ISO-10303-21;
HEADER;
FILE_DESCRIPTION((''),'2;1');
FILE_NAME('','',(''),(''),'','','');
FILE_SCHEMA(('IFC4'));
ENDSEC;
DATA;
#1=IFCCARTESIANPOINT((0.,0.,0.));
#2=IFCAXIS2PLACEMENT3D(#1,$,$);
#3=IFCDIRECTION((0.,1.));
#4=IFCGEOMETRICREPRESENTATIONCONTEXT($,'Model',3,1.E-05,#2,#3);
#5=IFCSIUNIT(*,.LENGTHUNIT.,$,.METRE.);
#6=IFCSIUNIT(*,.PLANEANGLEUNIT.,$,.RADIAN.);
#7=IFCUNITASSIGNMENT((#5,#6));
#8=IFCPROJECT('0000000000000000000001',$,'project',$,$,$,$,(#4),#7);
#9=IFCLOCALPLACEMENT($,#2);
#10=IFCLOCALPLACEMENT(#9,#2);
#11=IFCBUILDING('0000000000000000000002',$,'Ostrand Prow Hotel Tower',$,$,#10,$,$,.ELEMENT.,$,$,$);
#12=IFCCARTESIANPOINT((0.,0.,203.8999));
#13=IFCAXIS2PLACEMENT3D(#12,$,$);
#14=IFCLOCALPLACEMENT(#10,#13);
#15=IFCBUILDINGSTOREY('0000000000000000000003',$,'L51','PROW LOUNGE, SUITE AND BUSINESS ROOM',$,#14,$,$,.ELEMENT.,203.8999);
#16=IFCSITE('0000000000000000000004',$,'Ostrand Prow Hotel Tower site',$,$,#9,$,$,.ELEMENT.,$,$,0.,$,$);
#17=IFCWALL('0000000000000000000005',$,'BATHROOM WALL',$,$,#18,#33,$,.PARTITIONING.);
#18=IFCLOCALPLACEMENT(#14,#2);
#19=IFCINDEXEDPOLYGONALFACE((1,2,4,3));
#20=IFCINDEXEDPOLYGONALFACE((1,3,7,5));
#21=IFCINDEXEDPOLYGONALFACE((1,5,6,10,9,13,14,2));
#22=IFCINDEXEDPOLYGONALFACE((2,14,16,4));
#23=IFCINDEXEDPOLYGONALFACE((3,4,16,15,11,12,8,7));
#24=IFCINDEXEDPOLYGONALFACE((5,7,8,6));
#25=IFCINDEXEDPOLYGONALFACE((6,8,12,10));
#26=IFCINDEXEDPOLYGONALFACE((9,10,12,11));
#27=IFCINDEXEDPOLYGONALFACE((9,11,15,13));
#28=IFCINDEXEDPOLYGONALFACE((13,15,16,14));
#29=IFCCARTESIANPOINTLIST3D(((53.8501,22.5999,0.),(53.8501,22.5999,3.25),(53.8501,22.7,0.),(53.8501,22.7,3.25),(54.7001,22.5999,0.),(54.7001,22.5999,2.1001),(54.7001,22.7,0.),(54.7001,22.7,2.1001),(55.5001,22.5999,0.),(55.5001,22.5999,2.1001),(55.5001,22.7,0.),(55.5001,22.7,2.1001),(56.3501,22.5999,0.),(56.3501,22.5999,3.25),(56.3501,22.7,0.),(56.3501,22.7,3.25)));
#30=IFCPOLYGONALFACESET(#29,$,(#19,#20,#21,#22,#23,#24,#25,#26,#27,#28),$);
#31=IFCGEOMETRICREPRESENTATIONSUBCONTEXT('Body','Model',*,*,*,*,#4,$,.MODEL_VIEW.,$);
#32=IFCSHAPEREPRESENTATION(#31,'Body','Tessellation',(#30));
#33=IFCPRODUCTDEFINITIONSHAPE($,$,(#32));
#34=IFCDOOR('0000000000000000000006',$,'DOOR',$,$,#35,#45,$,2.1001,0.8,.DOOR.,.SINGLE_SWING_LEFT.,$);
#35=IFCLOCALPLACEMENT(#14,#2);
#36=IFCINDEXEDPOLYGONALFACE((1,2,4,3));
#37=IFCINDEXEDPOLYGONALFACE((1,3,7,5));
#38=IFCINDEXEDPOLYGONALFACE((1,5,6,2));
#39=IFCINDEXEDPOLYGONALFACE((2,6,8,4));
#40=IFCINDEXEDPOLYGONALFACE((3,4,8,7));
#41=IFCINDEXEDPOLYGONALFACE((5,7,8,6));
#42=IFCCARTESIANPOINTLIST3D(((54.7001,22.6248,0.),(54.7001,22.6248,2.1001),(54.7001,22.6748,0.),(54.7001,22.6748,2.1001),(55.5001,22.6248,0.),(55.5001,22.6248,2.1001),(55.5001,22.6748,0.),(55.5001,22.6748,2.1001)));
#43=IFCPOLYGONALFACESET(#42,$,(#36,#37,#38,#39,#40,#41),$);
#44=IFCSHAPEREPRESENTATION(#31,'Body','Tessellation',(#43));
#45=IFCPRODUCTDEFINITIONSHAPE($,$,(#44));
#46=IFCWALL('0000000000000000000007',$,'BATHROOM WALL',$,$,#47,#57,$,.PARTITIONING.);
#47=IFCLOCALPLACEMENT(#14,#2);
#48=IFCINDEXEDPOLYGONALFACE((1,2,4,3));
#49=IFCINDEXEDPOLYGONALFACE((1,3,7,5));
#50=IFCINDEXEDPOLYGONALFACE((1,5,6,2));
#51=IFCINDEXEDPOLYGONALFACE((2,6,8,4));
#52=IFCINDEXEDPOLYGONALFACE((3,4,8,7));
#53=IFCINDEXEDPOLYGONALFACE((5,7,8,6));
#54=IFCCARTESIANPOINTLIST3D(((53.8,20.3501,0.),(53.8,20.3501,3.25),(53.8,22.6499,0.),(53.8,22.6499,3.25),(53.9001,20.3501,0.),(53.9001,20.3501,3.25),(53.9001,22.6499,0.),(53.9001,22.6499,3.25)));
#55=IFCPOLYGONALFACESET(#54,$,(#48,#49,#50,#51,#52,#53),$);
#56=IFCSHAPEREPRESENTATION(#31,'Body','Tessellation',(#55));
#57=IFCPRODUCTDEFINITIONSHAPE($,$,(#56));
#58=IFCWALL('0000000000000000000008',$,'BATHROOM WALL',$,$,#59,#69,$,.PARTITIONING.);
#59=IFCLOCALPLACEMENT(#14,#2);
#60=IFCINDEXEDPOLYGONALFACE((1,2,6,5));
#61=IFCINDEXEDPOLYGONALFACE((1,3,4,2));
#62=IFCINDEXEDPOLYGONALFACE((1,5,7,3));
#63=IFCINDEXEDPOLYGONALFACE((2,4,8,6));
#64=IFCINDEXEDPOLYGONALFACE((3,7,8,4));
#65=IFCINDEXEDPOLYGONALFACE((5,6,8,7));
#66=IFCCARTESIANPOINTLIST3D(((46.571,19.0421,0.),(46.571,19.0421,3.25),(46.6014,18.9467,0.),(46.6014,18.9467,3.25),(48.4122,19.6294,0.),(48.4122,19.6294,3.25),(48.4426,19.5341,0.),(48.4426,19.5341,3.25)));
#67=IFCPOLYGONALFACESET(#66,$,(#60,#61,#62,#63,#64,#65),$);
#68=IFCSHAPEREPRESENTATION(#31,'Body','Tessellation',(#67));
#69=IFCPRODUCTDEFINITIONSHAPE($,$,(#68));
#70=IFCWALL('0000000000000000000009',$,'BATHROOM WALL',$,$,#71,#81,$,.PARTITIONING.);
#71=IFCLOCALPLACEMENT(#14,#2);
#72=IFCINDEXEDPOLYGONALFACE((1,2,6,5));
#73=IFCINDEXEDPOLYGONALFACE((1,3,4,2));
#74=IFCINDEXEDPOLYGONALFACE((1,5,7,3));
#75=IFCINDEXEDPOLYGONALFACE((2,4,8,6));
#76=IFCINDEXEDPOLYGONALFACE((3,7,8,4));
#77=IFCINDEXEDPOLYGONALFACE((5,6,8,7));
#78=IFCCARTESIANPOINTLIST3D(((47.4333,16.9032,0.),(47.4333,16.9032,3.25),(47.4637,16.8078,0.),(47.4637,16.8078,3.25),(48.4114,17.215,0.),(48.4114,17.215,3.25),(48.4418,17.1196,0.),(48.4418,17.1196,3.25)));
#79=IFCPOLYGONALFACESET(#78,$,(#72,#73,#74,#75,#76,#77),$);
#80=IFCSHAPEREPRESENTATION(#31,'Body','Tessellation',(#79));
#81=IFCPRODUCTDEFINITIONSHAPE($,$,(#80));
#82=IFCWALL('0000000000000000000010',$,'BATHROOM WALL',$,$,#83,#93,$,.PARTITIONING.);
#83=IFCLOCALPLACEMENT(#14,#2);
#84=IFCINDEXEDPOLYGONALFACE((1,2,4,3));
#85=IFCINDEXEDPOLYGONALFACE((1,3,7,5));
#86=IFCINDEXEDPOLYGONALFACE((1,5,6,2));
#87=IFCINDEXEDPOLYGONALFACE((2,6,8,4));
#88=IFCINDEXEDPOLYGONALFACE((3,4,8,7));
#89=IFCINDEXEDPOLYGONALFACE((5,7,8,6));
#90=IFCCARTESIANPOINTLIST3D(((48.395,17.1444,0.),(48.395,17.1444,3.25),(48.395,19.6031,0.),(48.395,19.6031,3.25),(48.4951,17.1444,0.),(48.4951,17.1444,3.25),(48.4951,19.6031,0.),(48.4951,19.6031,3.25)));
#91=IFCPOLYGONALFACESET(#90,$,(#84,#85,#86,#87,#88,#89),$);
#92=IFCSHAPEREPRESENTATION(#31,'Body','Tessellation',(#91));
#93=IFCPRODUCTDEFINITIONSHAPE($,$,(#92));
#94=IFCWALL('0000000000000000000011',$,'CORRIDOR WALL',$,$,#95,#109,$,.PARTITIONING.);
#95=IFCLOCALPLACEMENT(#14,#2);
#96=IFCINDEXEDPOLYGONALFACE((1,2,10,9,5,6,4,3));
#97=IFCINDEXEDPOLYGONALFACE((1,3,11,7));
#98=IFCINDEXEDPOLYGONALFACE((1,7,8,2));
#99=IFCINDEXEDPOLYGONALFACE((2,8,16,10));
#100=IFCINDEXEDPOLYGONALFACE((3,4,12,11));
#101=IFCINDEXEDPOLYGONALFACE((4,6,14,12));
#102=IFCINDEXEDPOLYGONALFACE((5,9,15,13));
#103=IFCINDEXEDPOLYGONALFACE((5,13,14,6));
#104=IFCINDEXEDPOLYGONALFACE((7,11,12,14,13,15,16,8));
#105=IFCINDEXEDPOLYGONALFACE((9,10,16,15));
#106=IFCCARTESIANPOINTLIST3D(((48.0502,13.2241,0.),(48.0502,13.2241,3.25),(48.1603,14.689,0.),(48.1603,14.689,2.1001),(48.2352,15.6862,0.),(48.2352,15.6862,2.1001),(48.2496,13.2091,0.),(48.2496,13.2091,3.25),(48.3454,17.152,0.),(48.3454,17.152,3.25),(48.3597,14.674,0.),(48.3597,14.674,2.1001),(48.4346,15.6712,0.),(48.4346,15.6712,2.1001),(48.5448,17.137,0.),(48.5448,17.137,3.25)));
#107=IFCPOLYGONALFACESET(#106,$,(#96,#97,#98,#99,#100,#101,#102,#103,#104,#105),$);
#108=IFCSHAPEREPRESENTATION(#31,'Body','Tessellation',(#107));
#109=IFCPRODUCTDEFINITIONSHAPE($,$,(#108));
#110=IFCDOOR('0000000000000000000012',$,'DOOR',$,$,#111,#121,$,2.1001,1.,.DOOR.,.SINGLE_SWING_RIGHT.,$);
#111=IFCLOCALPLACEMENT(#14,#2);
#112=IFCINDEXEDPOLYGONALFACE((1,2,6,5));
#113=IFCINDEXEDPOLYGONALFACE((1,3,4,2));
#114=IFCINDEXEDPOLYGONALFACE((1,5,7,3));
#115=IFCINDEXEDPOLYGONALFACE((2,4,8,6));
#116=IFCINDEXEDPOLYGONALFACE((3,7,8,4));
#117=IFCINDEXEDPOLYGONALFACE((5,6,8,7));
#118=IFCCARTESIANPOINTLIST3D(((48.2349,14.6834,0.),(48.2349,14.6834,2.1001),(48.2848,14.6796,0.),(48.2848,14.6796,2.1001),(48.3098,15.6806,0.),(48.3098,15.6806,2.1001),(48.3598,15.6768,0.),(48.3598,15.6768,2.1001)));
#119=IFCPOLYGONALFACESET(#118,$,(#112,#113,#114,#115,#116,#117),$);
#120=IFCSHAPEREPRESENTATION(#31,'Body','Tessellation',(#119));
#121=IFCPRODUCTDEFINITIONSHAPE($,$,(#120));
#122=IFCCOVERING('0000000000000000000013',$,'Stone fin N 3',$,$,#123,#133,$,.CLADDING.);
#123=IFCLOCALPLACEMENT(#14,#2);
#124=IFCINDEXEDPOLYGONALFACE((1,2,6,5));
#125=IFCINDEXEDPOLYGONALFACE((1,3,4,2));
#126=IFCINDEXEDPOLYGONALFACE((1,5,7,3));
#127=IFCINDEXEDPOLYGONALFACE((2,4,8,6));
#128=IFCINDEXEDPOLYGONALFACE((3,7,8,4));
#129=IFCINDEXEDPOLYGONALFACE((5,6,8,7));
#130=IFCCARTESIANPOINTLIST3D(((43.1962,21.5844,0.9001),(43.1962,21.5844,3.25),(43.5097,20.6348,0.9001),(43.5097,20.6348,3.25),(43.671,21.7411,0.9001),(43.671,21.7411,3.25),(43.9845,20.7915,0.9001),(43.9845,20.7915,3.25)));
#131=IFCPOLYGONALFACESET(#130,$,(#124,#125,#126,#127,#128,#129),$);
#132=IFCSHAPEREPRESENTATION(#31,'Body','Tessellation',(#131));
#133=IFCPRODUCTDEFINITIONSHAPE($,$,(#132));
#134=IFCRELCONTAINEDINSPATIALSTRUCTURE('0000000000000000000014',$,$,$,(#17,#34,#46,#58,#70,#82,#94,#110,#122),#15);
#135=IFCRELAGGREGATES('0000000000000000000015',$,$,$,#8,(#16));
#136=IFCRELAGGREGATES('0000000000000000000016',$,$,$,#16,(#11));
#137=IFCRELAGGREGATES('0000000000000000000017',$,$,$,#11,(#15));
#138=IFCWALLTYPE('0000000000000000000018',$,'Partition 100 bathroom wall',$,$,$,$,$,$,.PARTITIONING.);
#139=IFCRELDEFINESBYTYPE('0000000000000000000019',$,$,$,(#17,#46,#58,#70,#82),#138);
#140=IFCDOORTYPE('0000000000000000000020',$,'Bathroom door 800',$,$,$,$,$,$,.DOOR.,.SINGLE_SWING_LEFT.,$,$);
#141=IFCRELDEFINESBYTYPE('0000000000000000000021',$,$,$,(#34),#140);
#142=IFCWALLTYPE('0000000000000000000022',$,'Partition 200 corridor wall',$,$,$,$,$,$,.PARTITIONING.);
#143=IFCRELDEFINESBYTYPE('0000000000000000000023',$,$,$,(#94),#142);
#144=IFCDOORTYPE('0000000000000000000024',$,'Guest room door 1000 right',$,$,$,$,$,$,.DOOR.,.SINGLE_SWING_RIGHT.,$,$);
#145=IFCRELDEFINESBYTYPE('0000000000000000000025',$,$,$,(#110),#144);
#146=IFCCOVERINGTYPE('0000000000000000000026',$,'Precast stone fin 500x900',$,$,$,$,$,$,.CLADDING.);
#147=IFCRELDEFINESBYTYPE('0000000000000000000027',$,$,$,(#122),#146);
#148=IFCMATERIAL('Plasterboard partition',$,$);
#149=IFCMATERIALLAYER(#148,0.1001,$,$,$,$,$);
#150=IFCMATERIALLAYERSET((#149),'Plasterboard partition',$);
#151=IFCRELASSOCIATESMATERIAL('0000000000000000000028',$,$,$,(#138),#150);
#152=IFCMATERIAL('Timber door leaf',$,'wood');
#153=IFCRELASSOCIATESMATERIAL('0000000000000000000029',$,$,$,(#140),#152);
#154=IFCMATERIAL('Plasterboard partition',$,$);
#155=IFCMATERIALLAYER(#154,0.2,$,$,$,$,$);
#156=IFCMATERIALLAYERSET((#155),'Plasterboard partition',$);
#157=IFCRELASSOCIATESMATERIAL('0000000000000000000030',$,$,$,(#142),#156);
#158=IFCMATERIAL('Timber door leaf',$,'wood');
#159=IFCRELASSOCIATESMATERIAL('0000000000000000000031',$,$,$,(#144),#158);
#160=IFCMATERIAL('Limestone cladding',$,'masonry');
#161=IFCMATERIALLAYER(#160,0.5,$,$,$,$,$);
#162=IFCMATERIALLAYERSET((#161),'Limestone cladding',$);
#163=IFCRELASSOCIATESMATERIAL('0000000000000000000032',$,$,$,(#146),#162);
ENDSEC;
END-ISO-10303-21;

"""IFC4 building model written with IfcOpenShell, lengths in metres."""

from ifc_helpers import new_model, si_unit, direction, frame, frame_2d, origin, place, context, subcontext, project, spatial, rectangle, extrude, material, layer, layer_set, type_object, element, fill, save


model = new_model("IFC4")

# Units and contexts
model_context = context("Model", 3, precision=1e-05, world=origin(), true_north=direction((0.0, 1.0)))
body_context = subcontext(model_context, "Body", "Model", "MODEL_VIEW")
ifc_project = project(units=[si_unit("LENGTHUNIT", "METRE"), si_unit("PLANEANGLEUNIT", "RADIAN")], contexts=[model_context])

# Site, building, storey
site_placement = place(None, origin())
site = spatial("IfcSite", under=ifc_project, at=site_placement, Name="Ostrand Prow Hotel Tower site", CompositionType="ELEMENT", RefElevation=0.0)
building_placement = place(site_placement, origin())
building = spatial("IfcBuilding", under=site, at=building_placement, Name="Ostrand Prow Hotel Tower", CompositionType="ELEMENT")
storey_placement = place(building_placement, frame((0.0, 0.0, 203.8999)))
storey = spatial("IfcBuildingStorey", under=building, at=storey_placement, Name="L51", Description="PROW LOUNGE, SUITE AND BUSINESS ROOM", CompositionType="ELEMENT", Elevation=203.8999)

# Wall, opening, door
ifc_material_1 = material(Name="Plasterboard partition")
ifc_layer_1 = layer(ifc_material_1, 0.1001)
ifc_layer_set_1 = layer_set([ifc_layer_1], Name="Plasterboard partition")
wall_type_1 = type_object("IfcWallType", Name="Partition 100 bathroom wall", PredefinedType="PARTITIONING", material=ifc_layer_set_1)
wall_1_placement = place(storey_placement, frame((53.8501, 22.6499, 0.0), z_axis=(0.0, 0.0, 1.0), x_axis=(1.0, 0.0, 0.0)))
wall_1 = element("IfcWall", 1, at=wall_1_placement, inside=storey, type_object=wall_type_1, Name="BATHROOM WALL", PredefinedType="PARTITIONING", context=body_context, shape_type="SweptSolid", body=[
    extrude(rectangle(XDim=2.5, YDim=0.1001, at=frame_2d((1.25, 0.0))), origin(), (0.0, 0.0, 1.0), 3.25),
])
opening_1_placement = place(wall_1_placement, frame((0.8501, 0.0, 0.0)))
opening_1 = element("IfcOpeningElement", 2, at=opening_1_placement, cuts=wall_1, PredefinedType="OPENING", context=body_context, shape_type="SweptSolid", body=[
    extrude(rectangle(XDim=0.8, YDim=2.1001, at=frame_2d((0.3999, 1.05))), frame((0.0, 0.0601, 0.0), z_axis=(0.0, -1.0, 0.0), x_axis=(1.0, 0.0, 0.0)), (0.0, 0.0, 1.0), 0.1201),
])
ifc_material_2 = material(Name="Timber door leaf", Category="wood")
door_type_1 = type_object("IfcDoorType", Name="Bathroom door 800", OperationType="SINGLE_SWING_LEFT", PredefinedType="DOOR", material=ifc_material_2)
door_1_placement = place(opening_1_placement, origin())
door_1 = element("IfcDoor", 3, at=door_1_placement, inside=storey, type_object=door_type_1, Name="DOOR", OperationType="SINGLE_SWING_LEFT", OverallHeight=2.1001, OverallWidth=0.8, PredefinedType="DOOR", context=body_context, shape_type="SweptSolid", body=[
    extrude(rectangle(XDim=0.8, YDim=2.1001, at=frame_2d((0.3999, 1.05))), frame((0.0, 0.0249, 0.0), z_axis=(0.0, -1.0, 0.0), x_axis=(1.0, 0.0, 0.0)), (0.0, 0.0, 1.0), 0.05),
])
fill(opening_1, door_1)

# Walls
wall_2_placement = place(storey_placement, frame((53.8501, 20.3501, 0.0), z_axis=(0.0, 0.0, 1.0), x_axis=(0.0, 1.0, 0.0)))
element("IfcWall", 4, at=wall_2_placement, inside=storey, type_object=wall_type_1, Name="BATHROOM WALL", PredefinedType="PARTITIONING", context=body_context, shape_type="SweptSolid", body=[
    extrude(rectangle(XDim=2.2998, YDim=0.1001, at=frame_2d((1.1499, 0.0))), origin(), (0.0, 0.0, 1.0), 3.25),
])
wall_3_placement = place(storey_placement, frame((46.5862, 18.9944, 0.0), z_axis=(0.0, 0.0, 1.0), x_axis=(0.952697, 0.303923, 0.0)))
element("IfcWall", 5, at=wall_3_placement, inside=storey, type_object=wall_type_1, Name="BATHROOM WALL", PredefinedType="PARTITIONING", context=body_context, shape_type="SweptSolid", body=[
    extrude(rectangle(XDim=1.9326, YDim=0.1001, at=frame_2d((0.9663, 0.0))), origin(), (0.0, 0.0, 1.0), 3.25),
])
wall_4_placement = place(storey_placement, frame((48.4265, 17.1672, 0.0), z_axis=(0.0, 0.0, 1.0), x_axis=(-0.952763, -0.303714, 0.0)))
element("IfcWall", 6, at=wall_4_placement, inside=storey, type_object=wall_type_1, Name="BATHROOM WALL", PredefinedType="PARTITIONING", context=body_context, shape_type="SweptSolid", body=[
    extrude(rectangle(XDim=1.0266, YDim=0.1001, at=frame_2d((0.5132, 0.0))), origin(), (0.0, 0.0, 1.0), 3.25),
])
wall_5_placement = place(storey_placement, frame((48.4451, 19.6033, 0.0), z_axis=(0.0, 0.0, 1.0), x_axis=(0.0, -1.0, 0.0)))
element("IfcWall", 7, at=wall_5_placement, inside=storey, type_object=wall_type_1, Name="BATHROOM WALL", PredefinedType="PARTITIONING", context=body_context, shape_type="SweptSolid", body=[
    extrude(rectangle(XDim=2.4587, YDim=0.1001, at=frame_2d((1.2295, 0.0))), origin(), (0.0, 0.0, 1.0), 3.25),
])

# Wall, opening, door
ifc_material_3 = material(Name="Plasterboard partition")
ifc_layer_2 = layer(ifc_material_3, 0.2)
ifc_layer_set_2 = layer_set([ifc_layer_2], Name="Plasterboard partition")
wall_type_2 = type_object("IfcWallType", Name="Partition 200 corridor wall", PredefinedType="PARTITIONING", material=ifc_layer_set_2)
wall_6_placement = place(storey_placement, frame((48.4451, 17.1445, 0.0), z_axis=(0.0, 0.0, 1.0), x_axis=(-0.074933, -0.997189, 0.0)))
wall_6 = element("IfcWall", 8, at=wall_6_placement, inside=storey, type_object=wall_type_2, Name="CORRIDOR WALL", PredefinedType="PARTITIONING", context=body_context, shape_type="SweptSolid", body=[
    extrude(rectangle(XDim=3.939, YDim=0.2, at=frame_2d((1.9695, 0.0))), origin(), (0.0, 0.0, 1.0), 3.25),
])
opening_2_placement = place(wall_6_placement, frame((1.47, 0.0, 0.0)))
opening_2 = element("IfcOpeningElement", 9, at=opening_2_placement, cuts=wall_6, PredefinedType="OPENING", context=body_context, shape_type="SweptSolid", body=[
    extrude(rectangle(XDim=1.0, YDim=2.1001, at=frame_2d((0.5, 1.05))), frame((0.0, 0.1099, 0.0), z_axis=(0.0, -1.0, 0.0), x_axis=(1.0, 0.0, 0.0)), (0.0, 0.0, 1.0), 0.22),
])
ifc_material_4 = material(Name="Timber door leaf", Category="wood")
door_type_2 = type_object("IfcDoorType", Name="Guest room door 1000 right", OperationType="SINGLE_SWING_RIGHT", PredefinedType="DOOR", material=ifc_material_4)
door_2_placement = place(opening_2_placement, origin())
door_2 = element("IfcDoor", 10, at=door_2_placement, inside=storey, type_object=door_type_2, Name="DOOR", OperationType="SINGLE_SWING_RIGHT", OverallHeight=2.1001, OverallWidth=1.0, PredefinedType="DOOR", context=body_context, shape_type="SweptSolid", body=[
    extrude(rectangle(XDim=1.0, YDim=2.1001, at=frame_2d((0.5, 1.05))), frame((0.0, 0.0249, 0.0), z_axis=(0.0, -1.0, 0.0), x_axis=(1.0, 0.0, 0.0)), (0.0, 0.0, 1.0), 0.05),
])
fill(opening_2, door_2)

# Covering
ifc_material_5 = material(Name="Limestone cladding", Category="masonry")
ifc_layer_3 = layer(ifc_material_5, 0.5)
ifc_layer_set_3 = layer_set([ifc_layer_3], Name="Limestone cladding")
covering_type = type_object("IfcCoveringType", Name="Precast stone fin 500x900", PredefinedType="CLADDING", material=ifc_layer_set_3)
covering_placement = place(storey_placement, frame((43.7471, 20.7131, 0.9001), z_axis=(0.0, 0.0, 1.0), x_axis=(-0.313443, 0.949607, 0.0)))
element("IfcCovering", 11, at=covering_placement, inside=storey, type_object=covering_type, Name="Stone fin N 3", PredefinedType="CLADDING", context=body_context, shape_type="SweptSolid", body=[
    extrude(rectangle(XDim=1.0, YDim=0.5, at=frame_2d((0.5, 0.0))), origin(), (0.0, 0.0, 1.0), 2.3499),
])

save(model, "model.ifc")
